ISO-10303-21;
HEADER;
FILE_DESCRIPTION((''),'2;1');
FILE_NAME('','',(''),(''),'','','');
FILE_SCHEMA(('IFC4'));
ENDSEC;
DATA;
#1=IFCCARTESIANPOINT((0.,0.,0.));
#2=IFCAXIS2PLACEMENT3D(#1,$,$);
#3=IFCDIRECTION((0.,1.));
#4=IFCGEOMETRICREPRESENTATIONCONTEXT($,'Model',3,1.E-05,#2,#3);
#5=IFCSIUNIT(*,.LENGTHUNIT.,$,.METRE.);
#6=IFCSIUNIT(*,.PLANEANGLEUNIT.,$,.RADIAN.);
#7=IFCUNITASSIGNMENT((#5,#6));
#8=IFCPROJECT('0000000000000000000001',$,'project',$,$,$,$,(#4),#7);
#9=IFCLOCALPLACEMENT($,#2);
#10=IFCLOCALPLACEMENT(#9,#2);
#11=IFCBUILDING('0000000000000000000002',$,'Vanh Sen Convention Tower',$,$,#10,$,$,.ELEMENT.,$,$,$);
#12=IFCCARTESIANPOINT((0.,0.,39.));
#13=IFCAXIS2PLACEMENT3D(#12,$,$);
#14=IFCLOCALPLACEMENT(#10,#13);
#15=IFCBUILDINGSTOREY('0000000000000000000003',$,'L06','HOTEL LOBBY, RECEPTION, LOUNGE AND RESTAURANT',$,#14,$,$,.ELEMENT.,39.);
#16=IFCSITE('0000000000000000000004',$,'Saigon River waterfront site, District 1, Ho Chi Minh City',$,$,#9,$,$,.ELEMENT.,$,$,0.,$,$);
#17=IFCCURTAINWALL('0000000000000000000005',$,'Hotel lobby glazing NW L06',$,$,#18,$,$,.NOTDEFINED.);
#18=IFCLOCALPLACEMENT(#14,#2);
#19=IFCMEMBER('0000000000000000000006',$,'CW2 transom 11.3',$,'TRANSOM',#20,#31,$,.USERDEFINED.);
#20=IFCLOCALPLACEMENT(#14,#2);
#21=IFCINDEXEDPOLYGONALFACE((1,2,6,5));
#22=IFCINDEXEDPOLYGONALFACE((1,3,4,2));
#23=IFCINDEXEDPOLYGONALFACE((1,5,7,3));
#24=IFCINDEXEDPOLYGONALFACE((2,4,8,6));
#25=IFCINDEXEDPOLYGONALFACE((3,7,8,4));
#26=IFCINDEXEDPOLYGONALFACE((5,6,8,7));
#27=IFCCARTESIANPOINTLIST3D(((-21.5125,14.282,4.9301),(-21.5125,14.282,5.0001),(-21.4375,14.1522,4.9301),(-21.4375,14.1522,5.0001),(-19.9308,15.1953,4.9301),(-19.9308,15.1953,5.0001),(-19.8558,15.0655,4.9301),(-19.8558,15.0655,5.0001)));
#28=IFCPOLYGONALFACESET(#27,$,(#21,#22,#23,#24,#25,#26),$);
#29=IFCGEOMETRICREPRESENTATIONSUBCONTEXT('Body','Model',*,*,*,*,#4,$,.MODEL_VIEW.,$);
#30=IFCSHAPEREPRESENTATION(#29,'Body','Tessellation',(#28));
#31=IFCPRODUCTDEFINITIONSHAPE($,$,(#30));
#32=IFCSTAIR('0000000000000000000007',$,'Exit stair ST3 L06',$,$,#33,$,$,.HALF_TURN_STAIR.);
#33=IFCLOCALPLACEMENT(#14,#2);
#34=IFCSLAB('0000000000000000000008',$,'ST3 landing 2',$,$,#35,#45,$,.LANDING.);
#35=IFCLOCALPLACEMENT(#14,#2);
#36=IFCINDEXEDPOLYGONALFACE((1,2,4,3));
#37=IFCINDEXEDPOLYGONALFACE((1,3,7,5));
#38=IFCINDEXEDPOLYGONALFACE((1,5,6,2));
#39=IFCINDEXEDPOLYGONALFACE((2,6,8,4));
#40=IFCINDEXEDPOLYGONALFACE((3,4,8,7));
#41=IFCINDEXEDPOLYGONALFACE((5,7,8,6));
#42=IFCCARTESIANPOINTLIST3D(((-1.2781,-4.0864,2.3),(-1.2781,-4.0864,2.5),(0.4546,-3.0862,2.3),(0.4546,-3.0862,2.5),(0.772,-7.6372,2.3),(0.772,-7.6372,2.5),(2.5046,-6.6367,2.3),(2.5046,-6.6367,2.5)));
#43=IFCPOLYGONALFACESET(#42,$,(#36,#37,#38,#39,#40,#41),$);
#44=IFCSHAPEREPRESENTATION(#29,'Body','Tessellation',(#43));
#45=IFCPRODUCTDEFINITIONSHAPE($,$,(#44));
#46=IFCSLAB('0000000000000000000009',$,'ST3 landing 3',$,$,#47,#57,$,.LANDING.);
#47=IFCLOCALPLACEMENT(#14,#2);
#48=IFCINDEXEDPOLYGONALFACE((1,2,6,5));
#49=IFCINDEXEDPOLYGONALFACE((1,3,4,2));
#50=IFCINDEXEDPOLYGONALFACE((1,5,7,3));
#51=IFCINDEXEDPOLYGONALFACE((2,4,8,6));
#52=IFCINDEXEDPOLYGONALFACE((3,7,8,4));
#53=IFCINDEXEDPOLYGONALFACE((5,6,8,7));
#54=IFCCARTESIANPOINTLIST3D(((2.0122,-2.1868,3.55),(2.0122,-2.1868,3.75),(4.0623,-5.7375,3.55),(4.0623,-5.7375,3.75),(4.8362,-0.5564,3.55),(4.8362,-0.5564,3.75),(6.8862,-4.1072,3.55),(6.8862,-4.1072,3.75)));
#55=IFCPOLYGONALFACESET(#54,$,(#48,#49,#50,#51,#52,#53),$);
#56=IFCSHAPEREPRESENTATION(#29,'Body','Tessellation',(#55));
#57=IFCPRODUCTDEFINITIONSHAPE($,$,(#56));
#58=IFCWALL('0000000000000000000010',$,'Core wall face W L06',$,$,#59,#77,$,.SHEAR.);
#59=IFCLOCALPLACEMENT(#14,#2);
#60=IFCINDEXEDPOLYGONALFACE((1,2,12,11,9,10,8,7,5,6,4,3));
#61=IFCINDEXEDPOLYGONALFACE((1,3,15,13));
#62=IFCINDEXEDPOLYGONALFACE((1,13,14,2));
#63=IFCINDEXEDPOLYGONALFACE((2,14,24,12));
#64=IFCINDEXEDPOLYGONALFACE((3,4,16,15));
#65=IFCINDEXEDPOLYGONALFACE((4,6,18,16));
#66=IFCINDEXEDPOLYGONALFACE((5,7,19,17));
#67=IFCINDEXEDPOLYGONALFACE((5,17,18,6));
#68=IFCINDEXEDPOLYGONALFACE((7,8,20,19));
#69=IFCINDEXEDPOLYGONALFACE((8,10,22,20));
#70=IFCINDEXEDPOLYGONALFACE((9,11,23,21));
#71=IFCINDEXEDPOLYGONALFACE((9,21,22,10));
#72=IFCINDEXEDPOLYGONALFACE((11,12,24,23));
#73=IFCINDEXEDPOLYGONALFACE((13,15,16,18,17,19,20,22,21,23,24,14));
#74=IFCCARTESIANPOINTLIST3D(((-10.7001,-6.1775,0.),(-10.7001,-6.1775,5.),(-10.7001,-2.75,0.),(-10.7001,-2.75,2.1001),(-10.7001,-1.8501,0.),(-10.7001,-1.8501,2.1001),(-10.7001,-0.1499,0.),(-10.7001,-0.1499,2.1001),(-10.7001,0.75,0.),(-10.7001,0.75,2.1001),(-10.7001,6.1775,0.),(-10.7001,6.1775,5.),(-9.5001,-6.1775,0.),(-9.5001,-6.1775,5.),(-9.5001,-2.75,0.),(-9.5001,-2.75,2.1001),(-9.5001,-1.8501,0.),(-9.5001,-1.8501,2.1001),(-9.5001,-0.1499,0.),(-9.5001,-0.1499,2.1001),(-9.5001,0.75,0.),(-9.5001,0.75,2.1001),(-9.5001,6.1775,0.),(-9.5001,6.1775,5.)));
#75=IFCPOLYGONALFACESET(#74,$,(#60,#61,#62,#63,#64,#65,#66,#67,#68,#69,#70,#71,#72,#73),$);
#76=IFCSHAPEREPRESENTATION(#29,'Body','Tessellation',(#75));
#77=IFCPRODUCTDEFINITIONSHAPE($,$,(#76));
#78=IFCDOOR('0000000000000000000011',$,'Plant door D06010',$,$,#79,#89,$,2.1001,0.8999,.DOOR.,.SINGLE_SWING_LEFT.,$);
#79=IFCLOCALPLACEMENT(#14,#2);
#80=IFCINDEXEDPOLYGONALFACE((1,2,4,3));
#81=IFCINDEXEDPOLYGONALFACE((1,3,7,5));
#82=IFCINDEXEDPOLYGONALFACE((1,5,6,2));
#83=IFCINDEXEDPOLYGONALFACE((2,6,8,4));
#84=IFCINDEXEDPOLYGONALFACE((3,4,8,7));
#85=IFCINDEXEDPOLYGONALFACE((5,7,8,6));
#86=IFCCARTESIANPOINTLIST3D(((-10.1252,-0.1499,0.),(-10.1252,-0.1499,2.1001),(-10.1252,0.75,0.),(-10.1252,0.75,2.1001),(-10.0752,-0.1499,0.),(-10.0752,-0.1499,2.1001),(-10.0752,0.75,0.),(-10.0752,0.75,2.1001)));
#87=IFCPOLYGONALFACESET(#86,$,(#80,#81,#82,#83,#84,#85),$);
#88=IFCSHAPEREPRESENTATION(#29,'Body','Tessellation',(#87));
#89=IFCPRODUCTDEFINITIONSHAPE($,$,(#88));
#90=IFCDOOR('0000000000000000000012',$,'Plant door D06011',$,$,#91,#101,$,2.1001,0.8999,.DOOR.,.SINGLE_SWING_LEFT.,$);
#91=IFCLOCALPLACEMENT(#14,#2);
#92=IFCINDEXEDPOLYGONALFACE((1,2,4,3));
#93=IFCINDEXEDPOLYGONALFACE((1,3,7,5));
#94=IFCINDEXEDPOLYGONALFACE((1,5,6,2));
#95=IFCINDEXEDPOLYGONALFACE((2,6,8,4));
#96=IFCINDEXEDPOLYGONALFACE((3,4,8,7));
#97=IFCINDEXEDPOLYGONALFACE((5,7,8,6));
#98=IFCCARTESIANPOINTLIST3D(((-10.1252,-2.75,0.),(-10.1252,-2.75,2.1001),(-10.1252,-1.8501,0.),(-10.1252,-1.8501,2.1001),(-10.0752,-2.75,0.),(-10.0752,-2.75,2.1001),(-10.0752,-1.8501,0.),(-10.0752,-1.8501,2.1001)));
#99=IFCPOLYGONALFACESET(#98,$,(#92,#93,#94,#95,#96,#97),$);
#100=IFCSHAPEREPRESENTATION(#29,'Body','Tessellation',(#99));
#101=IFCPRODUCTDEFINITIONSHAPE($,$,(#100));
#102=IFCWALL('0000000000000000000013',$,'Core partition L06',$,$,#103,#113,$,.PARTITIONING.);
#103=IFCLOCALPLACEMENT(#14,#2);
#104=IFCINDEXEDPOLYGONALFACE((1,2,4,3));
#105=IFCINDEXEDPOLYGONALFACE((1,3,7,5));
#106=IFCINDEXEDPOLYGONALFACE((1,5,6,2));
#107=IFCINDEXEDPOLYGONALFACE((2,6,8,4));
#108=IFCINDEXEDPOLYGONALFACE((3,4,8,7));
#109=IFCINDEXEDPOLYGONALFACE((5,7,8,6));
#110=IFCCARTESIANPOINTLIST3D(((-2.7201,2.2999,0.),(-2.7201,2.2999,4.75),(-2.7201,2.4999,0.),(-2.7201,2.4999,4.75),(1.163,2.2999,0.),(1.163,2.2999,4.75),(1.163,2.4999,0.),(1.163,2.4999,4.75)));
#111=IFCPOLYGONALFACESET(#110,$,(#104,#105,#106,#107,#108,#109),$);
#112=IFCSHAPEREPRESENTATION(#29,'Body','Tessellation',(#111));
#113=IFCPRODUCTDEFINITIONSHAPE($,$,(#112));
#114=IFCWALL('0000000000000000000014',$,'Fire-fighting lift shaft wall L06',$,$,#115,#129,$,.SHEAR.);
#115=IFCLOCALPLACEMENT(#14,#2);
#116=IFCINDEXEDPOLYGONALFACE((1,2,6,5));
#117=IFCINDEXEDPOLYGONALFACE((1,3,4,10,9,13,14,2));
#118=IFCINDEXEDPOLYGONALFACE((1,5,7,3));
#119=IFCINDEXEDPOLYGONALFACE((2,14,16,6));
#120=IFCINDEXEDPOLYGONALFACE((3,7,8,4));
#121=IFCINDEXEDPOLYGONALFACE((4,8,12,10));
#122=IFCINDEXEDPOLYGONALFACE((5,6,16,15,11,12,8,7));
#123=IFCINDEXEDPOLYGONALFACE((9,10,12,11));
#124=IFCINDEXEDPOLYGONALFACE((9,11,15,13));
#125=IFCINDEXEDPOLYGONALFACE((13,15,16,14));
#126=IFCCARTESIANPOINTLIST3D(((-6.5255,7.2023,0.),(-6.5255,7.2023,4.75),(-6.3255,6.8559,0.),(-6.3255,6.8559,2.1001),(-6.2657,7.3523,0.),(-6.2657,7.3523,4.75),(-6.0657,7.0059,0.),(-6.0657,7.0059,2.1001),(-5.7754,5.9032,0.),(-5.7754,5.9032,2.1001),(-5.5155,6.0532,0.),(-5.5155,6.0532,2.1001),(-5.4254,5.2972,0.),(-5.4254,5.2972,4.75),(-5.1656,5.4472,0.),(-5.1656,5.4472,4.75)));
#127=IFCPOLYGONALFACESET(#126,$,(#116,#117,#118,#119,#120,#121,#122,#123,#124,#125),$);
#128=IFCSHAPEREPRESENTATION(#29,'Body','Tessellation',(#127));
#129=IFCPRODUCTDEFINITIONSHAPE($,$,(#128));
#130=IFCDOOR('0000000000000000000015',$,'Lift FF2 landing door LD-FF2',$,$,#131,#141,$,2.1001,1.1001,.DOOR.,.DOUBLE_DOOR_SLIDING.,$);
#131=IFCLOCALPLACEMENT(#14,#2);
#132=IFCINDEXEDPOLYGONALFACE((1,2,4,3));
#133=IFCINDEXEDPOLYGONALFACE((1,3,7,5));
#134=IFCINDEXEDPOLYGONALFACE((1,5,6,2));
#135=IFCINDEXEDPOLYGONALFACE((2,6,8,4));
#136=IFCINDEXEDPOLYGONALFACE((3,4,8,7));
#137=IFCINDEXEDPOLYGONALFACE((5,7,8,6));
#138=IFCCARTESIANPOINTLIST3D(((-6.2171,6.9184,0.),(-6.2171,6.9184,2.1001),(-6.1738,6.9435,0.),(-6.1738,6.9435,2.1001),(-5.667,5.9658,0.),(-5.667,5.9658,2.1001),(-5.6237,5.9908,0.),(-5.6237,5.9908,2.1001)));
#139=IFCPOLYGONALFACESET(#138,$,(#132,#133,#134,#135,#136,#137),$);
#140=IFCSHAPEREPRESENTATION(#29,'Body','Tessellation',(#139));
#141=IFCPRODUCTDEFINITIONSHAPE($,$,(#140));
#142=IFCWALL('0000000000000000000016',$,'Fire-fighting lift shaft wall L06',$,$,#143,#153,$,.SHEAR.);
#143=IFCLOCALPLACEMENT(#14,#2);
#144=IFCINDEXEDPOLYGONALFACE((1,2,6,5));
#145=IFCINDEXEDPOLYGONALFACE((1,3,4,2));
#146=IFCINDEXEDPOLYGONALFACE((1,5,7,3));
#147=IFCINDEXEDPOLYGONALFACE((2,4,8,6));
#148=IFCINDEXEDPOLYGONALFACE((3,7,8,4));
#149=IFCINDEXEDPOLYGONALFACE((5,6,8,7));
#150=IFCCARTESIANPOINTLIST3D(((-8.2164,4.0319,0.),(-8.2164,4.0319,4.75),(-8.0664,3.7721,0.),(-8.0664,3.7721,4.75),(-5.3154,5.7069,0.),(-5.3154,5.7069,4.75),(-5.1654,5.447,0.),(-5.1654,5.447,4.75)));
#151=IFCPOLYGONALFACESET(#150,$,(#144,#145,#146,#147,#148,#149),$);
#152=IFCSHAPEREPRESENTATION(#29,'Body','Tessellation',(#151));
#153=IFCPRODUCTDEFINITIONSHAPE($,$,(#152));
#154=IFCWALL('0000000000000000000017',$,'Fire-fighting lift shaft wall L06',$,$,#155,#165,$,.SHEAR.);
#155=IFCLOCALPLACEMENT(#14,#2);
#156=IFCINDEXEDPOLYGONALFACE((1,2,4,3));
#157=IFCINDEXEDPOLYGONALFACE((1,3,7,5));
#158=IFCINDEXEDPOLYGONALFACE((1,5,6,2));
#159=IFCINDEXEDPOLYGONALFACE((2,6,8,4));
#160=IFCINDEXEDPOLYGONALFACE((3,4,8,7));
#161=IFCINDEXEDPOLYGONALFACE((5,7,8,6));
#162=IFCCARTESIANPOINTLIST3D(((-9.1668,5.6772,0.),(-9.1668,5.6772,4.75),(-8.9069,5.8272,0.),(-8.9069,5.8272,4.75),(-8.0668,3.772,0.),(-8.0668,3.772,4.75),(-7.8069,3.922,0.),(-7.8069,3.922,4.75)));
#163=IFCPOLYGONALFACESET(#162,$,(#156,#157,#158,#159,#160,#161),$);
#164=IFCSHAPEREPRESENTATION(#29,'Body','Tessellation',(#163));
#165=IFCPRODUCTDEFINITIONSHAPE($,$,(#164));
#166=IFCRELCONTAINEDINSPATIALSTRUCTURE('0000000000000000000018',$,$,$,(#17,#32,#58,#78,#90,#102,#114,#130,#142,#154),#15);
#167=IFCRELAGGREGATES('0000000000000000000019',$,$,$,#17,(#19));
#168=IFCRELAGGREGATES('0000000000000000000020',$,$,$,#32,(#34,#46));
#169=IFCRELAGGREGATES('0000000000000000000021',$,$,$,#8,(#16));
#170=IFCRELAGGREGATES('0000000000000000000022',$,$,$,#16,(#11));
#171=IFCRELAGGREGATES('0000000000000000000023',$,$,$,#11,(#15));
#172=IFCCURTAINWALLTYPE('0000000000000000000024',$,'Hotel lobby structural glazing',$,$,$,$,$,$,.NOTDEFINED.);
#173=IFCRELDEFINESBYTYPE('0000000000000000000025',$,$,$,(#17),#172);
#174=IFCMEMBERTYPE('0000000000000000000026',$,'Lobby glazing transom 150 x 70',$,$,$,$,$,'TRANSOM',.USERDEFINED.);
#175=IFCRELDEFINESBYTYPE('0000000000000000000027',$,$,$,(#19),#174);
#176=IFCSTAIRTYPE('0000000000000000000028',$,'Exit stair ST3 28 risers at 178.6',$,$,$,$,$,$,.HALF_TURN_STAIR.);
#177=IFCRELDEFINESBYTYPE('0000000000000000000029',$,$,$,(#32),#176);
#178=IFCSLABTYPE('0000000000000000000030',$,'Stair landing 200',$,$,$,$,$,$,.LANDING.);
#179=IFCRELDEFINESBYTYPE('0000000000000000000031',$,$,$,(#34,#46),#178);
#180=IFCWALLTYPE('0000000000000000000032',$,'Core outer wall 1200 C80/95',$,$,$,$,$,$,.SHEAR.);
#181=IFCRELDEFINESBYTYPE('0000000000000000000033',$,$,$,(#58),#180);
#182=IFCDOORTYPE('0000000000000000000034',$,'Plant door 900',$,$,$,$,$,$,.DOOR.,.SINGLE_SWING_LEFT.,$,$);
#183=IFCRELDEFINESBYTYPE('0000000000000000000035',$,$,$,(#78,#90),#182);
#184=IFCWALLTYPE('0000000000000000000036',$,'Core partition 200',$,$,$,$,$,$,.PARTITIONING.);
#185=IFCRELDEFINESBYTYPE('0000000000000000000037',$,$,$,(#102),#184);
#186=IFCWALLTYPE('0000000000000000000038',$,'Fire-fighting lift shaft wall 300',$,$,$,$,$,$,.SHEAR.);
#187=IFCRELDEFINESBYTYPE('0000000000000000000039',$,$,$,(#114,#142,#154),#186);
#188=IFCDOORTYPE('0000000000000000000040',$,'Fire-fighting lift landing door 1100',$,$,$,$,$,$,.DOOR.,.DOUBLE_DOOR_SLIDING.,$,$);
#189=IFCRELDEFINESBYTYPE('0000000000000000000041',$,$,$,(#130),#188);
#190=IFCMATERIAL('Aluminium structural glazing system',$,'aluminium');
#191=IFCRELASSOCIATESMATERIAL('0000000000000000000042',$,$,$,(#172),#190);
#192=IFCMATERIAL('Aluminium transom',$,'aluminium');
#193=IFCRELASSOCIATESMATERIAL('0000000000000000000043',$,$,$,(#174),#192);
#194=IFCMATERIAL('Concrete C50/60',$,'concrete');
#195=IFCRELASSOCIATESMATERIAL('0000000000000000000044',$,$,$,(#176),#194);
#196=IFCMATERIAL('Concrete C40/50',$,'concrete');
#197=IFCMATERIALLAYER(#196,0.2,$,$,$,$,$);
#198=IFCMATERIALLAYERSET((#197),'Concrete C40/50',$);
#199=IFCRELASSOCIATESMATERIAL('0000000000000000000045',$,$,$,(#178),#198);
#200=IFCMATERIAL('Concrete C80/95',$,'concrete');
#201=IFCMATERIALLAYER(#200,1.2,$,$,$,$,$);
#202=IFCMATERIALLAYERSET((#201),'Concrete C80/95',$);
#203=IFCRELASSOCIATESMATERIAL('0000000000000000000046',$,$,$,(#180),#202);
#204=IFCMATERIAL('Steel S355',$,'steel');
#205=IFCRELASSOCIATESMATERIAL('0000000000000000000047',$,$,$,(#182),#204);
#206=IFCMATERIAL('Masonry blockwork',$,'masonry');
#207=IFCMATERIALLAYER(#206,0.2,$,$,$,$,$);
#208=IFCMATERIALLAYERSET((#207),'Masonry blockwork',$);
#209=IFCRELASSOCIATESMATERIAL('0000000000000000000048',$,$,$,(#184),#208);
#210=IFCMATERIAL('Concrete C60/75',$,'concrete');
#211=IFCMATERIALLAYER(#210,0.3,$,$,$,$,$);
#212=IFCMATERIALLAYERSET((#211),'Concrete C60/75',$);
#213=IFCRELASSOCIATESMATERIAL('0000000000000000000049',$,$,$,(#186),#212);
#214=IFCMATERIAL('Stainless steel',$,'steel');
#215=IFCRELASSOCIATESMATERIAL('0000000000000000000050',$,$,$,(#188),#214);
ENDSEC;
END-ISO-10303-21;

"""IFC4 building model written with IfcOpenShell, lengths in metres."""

from ifc_helpers import new_model, si_unit, direction, frame, frame_2d, origin, origin_2d, place, context, subcontext, project, spatial, polyline, rectangle, outline, extrude, material, layer, layer_set, material_profile, profile_set, type_object, element, fill, aggregate, save


model = new_model("IFC4")

# Units and contexts
model_context = context("Model", 3, precision=1e-05, world=origin(), true_north=direction((0.0, 1.0)))
body_context = subcontext(model_context, "Body", "Model", "MODEL_VIEW")
ifc_project = project(units=[si_unit("LENGTHUNIT", "METRE"), si_unit("PLANEANGLEUNIT", "RADIAN")], contexts=[model_context])

# Site, building, storey
site_placement = place(None, origin())
site = spatial("IfcSite", under=ifc_project, at=site_placement, Name="Saigon River waterfront site, District 1, Ho Chi Minh City", CompositionType="ELEMENT", RefElevation=0.0)
building_placement = place(site_placement, origin())
building = spatial("IfcBuilding", under=site, at=building_placement, Name="Vanh Sen Convention Tower", CompositionType="ELEMENT")
storey_placement = place(building_placement, frame((0.0, 0.0, 39.0)))
storey = spatial("IfcBuildingStorey", under=building, at=storey_placement, Name="L06", Description="HOTEL LOBBY, RECEPTION, LOUNGE AND RESTAURANT", CompositionType="ELEMENT", Elevation=39.0)

# Curtain wall, member
ifc_material_1 = material(Name="Aluminium structural glazing system", Category="aluminium")
curtain_wall_type = type_object("IfcCurtainWallType", Name="Hotel lobby structural glazing", PredefinedType="NOTDEFINED", material=ifc_material_1)
curtain_wall_placement = place(storey_placement, origin())
curtain_wall = element("IfcCurtainWall", 1, at=curtain_wall_placement, inside=storey, type_object=curtain_wall_type, Name="Hotel lobby glazing NW L06", PredefinedType="NOTDEFINED")
ifc_material_2 = material(Name="Aluminium transom", Category="aluminium")
ifc_material_profile = material_profile(ifc_material_2, rectangle(XDim=0.1499, YDim=0.0701, at=origin_2d()), Name="Lobby glazing transom 150 x 70")
ifc_profile_set = profile_set([ifc_material_profile], Name="Aluminium transom")
member_type = type_object("IfcMemberType", Name="Lobby glazing transom 150 x 70", ElementType="TRANSOM", PredefinedType="USERDEFINED", material=ifc_profile_set)
member_placement = place(storey_placement, frame((-19.8933, 15.1304, 4.9651), z_axis=(-0.866005, -0.500035, 0.0), x_axis=(0.500035, -0.866005, 0.0)))
member = element("IfcMember", 2, at=member_placement, type_object=member_type, Name="CW2 transom 11.3", ObjectType="TRANSOM", PredefinedType="USERDEFINED", context=body_context, shape_type="SweptSolid", body=[
    extrude(rectangle(XDim=0.1499, YDim=0.0701, at=origin_2d()), origin(), (0.0, 0.0, 1.0), 1.8264),
])
aggregate(curtain_wall, [member])

# Stair, slabs
ifc_material_3 = material(Name="Concrete C50/60", Category="concrete")
stair_type = type_object("IfcStairType", Name="Exit stair ST3 28 risers at 178.6", PredefinedType="HALF_TURN_STAIR", material=ifc_material_3)
stair_placement = place(storey_placement, origin())
stair = element("IfcStair", 3, at=stair_placement, inside=storey, type_object=stair_type, Name="Exit stair ST3 L06", PredefinedType="HALF_TURN_STAIR")
ifc_material_4 = material(Name="Concrete C40/50", Category="concrete")
ifc_layer_1 = layer(ifc_material_4, 0.2)
ifc_layer_set_1 = layer_set([ifc_layer_1], Name="Concrete C40/50")
slab_type = type_object("IfcSlabType", Name="Stair landing 200", PredefinedType="LANDING", material=ifc_layer_set_1)
slab_1_placement = place(storey_placement, frame((0.0, 0.0, 2.3)))
slab_1 = element("IfcSlab", 4, at=slab_1_placement, type_object=slab_type, Name="ST3 landing 2", PredefinedType="LANDING", context=body_context, shape_type="SweptSolid", body=[
    extrude(outline(polyline([(0.772, -7.6372), (2.5046, -6.6367), (0.4546, -3.0862), (-1.2781, -4.0864), (0.772, -7.6372)])), origin(), (0.0, 0.0, 1.0), 0.2),
])
slab_2_placement = place(storey_placement, frame((0.0, 0.0, 3.55)))
slab_2 = element("IfcSlab", 5, at=slab_2_placement, type_object=slab_type, Name="ST3 landing 3", PredefinedType="LANDING", context=body_context, shape_type="SweptSolid", body=[
    extrude(outline(polyline([(4.0623, -5.7375), (6.8862, -4.1072), (4.8362, -0.5564), (2.0122, -2.1868), (4.0623, -5.7375)])), origin(), (0.0, 0.0, 1.0), 0.2),
])
aggregate(stair, [slab_1, slab_2])

# Wall, openings, doors
ifc_material_5 = material(Name="Concrete C80/95", Category="concrete")
ifc_layer_2 = layer(ifc_material_5, 1.2)
ifc_layer_set_2 = layer_set([ifc_layer_2], Name="Concrete C80/95")
wall_type_1 = type_object("IfcWallType", Name="Core outer wall 1200 C80/95", PredefinedType="SHEAR", material=ifc_layer_set_2)
wall_1_placement = place(storey_placement, frame((-10.1001, 6.1775, 0.0), z_axis=(0.0, 0.0, 1.0), x_axis=(0.0, -1.0, 0.0)))
wall_1 = element("IfcWall", 6, at=wall_1_placement, inside=storey, type_object=wall_type_1, Name="Core wall face W L06", PredefinedType="SHEAR", context=body_context, shape_type="SweptSolid", body=[
    extrude(rectangle(XDim=12.355, YDim=1.2, at=frame_2d((6.1775, 0.0))), origin(), (0.0, 0.0, 1.0), 5.0),
])
opening_1_placement = place(wall_1_placement, frame((5.4275, 0.0, 0.0)))
opening_1 = element("IfcOpeningElement", 7, at=opening_1_placement, cuts=wall_1, PredefinedType="OPENING", context=body_context, shape_type="SweptSolid", body=[
    extrude(rectangle(XDim=0.8999, YDim=2.1001, at=frame_2d((0.45, 1.05))), frame((0.0, 0.6099, 0.0), z_axis=(0.0, -1.0, 0.0), x_axis=(1.0, 0.0, 0.0)), (0.0, 0.0, 1.0), 1.22),
])
opening_2_placement = place(wall_1_placement, frame((8.0276, 0.0, 0.0)))
opening_2 = element("IfcOpeningElement", 8, at=opening_2_placement, cuts=wall_1, PredefinedType="OPENING", context=body_context, shape_type="SweptSolid", body=[
    extrude(rectangle(XDim=0.8999, YDim=2.1001, at=frame_2d((0.45, 1.05))), frame((0.0, 0.6099, 0.0), z_axis=(0.0, -1.0, 0.0), x_axis=(1.0, 0.0, 0.0)), (0.0, 0.0, 1.0), 1.22),
])
ifc_material_6 = material(Name="Steel S355", Category="steel")
door_type_1 = type_object("IfcDoorType", Name="Plant door 900", OperationType="SINGLE_SWING_LEFT", PredefinedType="DOOR", material=ifc_material_6)
door_1_placement = place(opening_1_placement, origin())
door_1 = element("IfcDoor", 9, at=door_1_placement, inside=storey, type_object=door_type_1, Name="Plant door D06010", OperationType="SINGLE_SWING_LEFT", OverallHeight=2.1001, OverallWidth=0.8999, PredefinedType="DOOR", context=body_context, shape_type="SweptSolid", body=[
    extrude(rectangle(XDim=0.8999, YDim=2.1001, at=frame_2d((0.45, 1.05))), frame((0.0, 0.0249, 0.0), z_axis=(0.0, -1.0, 0.0), x_axis=(1.0, 0.0, 0.0)), (0.0, 0.0, 1.0), 0.05),
])
fill(opening_1, door_1)
door_2_placement = place(opening_2_placement, origin())
door_2 = element("IfcDoor", 10, at=door_2_placement, inside=storey, type_object=door_type_1, Name="Plant door D06011", OperationType="SINGLE_SWING_LEFT", OverallHeight=2.1001, OverallWidth=0.8999, PredefinedType="DOOR", context=body_context, shape_type="SweptSolid", body=[
    extrude(rectangle(XDim=0.8999, YDim=2.1001, at=frame_2d((0.45, 1.05))), frame((0.0, 0.0249, 0.0), z_axis=(0.0, -1.0, 0.0), x_axis=(1.0, 0.0, 0.0)), (0.0, 0.0, 1.0), 0.05),
])
fill(opening_2, door_2)

# Wall
ifc_material_7 = material(Name="Masonry blockwork", Category="masonry")
ifc_layer_3 = layer(ifc_material_7, 0.2)
ifc_layer_set_3 = layer_set([ifc_layer_3], Name="Masonry blockwork")
wall_type_2 = type_object("IfcWallType", Name="Core partition 200", PredefinedType="PARTITIONING", material=ifc_layer_set_3)
wall_2_placement = place(storey_placement, frame((-2.72, 2.3999, 0.0), z_axis=(0.0, 0.0, 1.0), x_axis=(1.0, 0.0, 0.0)))
element("IfcWall", 11, at=wall_2_placement, inside=storey, type_object=wall_type_2, Name="Core partition L06", PredefinedType="PARTITIONING", context=body_context, shape_type="SweptSolid", body=[
    extrude(rectangle(XDim=3.8831, YDim=0.2, at=frame_2d((1.9414, 0.0))), origin(), (0.0, 0.0, 1.0), 4.75),
])

# Wall, opening, door
ifc_material_8 = material(Name="Concrete C60/75", Category="concrete")
ifc_layer_4 = layer(ifc_material_8, 0.3)
ifc_layer_set_4 = layer_set([ifc_layer_4], Name="Concrete C60/75")
wall_type_3 = type_object("IfcWallType", Name="Fire-fighting lift shaft wall 300", PredefinedType="SHEAR", material=ifc_layer_set_4)
wall_3_placement = place(storey_placement, frame((-5.2954, 5.3721, 0.0), z_axis=(0.0, 0.0, 1.0), x_axis=(-0.500078, 0.86598, 0.0)))
wall_3 = element("IfcWall", 12, at=wall_3_placement, inside=storey, type_object=wall_type_3, Name="Fire-fighting lift shaft wall L06", PredefinedType="SHEAR", context=body_context, shape_type="SweptSolid", body=[
    extrude(rectangle(XDim=2.2, YDim=0.3, at=frame_2d((1.1001, 0.0))), origin(), (0.0, 0.0, 1.0), 4.75),
])
opening_3_placement = place(wall_3_placement, frame((0.7, 0.0, 0.0)))
opening_3 = element("IfcOpeningElement", 13, at=opening_3_placement, cuts=wall_3, PredefinedType="OPENING", context=body_context, shape_type="SweptSolid", body=[
    extrude(rectangle(XDim=1.1001, YDim=2.1001, at=frame_2d((0.55, 1.05))), frame((0.0, 0.1599, 0.0), z_axis=(0.0, -1.0, 0.0), x_axis=(1.0, 0.0, 0.0)), (0.0, 0.0, 1.0), 0.3201),
])
ifc_material_9 = material(Name="Stainless steel", Category="steel")
door_type_2 = type_object("IfcDoorType", Name="Fire-fighting lift landing door 1100", OperationType="DOUBLE_DOOR_SLIDING", PredefinedType="DOOR", material=ifc_material_9)
door_3_placement = place(opening_3_placement, origin())
door_3 = element("IfcDoor", 14, at=door_3_placement, inside=storey, type_object=door_type_2, Name="Lift FF2 landing door LD-FF2", OperationType="DOUBLE_DOOR_SLIDING", OverallHeight=2.1001, OverallWidth=1.1001, PredefinedType="DOOR", context=body_context, shape_type="SweptSolid", body=[
    extrude(rectangle(XDim=1.1001, YDim=2.1001, at=frame_2d((0.55, 1.05))), frame((0.0, 0.0249, 0.0), z_axis=(0.0, -1.0, 0.0), x_axis=(1.0, 0.0, 0.0)), (0.0, 0.0, 1.0), 0.05),
])
fill(opening_3, door_3)

# Walls
wall_4_placement = place(storey_placement, frame((-5.2405, 5.5769, 0.0), z_axis=(0.0, 0.0, 1.0), x_axis=(-0.866014, -0.500019, 0.0)))
element("IfcWall", 15, at=wall_4_placement, inside=storey, type_object=wall_type_3, Name="Fire-fighting lift shaft wall L06", PredefinedType="SHEAR", context=body_context, shape_type="SweptSolid", body=[
    extrude(rectangle(XDim=3.3499, YDim=0.3, at=frame_2d((1.6748, 0.0))), origin(), (0.0, 0.0, 1.0), 4.75),
])
wall_5_placement = place(storey_placement, frame((-7.9368, 3.8469, 0.0), z_axis=(0.0, 0.0, 1.0), x_axis=(-0.50003, 0.866008, 0.0)))
element("IfcWall", 16, at=wall_5_placement, inside=storey, type_object=wall_type_3, Name="Fire-fighting lift shaft wall L06", PredefinedType="SHEAR", context=body_context, shape_type="SweptSolid", body=[
    extrude(rectangle(XDim=2.2, YDim=0.3, at=frame_2d((1.1001, 0.0))), origin(), (0.0, 0.0, 1.0), 4.75),
])

save(model, "model.ifc")
